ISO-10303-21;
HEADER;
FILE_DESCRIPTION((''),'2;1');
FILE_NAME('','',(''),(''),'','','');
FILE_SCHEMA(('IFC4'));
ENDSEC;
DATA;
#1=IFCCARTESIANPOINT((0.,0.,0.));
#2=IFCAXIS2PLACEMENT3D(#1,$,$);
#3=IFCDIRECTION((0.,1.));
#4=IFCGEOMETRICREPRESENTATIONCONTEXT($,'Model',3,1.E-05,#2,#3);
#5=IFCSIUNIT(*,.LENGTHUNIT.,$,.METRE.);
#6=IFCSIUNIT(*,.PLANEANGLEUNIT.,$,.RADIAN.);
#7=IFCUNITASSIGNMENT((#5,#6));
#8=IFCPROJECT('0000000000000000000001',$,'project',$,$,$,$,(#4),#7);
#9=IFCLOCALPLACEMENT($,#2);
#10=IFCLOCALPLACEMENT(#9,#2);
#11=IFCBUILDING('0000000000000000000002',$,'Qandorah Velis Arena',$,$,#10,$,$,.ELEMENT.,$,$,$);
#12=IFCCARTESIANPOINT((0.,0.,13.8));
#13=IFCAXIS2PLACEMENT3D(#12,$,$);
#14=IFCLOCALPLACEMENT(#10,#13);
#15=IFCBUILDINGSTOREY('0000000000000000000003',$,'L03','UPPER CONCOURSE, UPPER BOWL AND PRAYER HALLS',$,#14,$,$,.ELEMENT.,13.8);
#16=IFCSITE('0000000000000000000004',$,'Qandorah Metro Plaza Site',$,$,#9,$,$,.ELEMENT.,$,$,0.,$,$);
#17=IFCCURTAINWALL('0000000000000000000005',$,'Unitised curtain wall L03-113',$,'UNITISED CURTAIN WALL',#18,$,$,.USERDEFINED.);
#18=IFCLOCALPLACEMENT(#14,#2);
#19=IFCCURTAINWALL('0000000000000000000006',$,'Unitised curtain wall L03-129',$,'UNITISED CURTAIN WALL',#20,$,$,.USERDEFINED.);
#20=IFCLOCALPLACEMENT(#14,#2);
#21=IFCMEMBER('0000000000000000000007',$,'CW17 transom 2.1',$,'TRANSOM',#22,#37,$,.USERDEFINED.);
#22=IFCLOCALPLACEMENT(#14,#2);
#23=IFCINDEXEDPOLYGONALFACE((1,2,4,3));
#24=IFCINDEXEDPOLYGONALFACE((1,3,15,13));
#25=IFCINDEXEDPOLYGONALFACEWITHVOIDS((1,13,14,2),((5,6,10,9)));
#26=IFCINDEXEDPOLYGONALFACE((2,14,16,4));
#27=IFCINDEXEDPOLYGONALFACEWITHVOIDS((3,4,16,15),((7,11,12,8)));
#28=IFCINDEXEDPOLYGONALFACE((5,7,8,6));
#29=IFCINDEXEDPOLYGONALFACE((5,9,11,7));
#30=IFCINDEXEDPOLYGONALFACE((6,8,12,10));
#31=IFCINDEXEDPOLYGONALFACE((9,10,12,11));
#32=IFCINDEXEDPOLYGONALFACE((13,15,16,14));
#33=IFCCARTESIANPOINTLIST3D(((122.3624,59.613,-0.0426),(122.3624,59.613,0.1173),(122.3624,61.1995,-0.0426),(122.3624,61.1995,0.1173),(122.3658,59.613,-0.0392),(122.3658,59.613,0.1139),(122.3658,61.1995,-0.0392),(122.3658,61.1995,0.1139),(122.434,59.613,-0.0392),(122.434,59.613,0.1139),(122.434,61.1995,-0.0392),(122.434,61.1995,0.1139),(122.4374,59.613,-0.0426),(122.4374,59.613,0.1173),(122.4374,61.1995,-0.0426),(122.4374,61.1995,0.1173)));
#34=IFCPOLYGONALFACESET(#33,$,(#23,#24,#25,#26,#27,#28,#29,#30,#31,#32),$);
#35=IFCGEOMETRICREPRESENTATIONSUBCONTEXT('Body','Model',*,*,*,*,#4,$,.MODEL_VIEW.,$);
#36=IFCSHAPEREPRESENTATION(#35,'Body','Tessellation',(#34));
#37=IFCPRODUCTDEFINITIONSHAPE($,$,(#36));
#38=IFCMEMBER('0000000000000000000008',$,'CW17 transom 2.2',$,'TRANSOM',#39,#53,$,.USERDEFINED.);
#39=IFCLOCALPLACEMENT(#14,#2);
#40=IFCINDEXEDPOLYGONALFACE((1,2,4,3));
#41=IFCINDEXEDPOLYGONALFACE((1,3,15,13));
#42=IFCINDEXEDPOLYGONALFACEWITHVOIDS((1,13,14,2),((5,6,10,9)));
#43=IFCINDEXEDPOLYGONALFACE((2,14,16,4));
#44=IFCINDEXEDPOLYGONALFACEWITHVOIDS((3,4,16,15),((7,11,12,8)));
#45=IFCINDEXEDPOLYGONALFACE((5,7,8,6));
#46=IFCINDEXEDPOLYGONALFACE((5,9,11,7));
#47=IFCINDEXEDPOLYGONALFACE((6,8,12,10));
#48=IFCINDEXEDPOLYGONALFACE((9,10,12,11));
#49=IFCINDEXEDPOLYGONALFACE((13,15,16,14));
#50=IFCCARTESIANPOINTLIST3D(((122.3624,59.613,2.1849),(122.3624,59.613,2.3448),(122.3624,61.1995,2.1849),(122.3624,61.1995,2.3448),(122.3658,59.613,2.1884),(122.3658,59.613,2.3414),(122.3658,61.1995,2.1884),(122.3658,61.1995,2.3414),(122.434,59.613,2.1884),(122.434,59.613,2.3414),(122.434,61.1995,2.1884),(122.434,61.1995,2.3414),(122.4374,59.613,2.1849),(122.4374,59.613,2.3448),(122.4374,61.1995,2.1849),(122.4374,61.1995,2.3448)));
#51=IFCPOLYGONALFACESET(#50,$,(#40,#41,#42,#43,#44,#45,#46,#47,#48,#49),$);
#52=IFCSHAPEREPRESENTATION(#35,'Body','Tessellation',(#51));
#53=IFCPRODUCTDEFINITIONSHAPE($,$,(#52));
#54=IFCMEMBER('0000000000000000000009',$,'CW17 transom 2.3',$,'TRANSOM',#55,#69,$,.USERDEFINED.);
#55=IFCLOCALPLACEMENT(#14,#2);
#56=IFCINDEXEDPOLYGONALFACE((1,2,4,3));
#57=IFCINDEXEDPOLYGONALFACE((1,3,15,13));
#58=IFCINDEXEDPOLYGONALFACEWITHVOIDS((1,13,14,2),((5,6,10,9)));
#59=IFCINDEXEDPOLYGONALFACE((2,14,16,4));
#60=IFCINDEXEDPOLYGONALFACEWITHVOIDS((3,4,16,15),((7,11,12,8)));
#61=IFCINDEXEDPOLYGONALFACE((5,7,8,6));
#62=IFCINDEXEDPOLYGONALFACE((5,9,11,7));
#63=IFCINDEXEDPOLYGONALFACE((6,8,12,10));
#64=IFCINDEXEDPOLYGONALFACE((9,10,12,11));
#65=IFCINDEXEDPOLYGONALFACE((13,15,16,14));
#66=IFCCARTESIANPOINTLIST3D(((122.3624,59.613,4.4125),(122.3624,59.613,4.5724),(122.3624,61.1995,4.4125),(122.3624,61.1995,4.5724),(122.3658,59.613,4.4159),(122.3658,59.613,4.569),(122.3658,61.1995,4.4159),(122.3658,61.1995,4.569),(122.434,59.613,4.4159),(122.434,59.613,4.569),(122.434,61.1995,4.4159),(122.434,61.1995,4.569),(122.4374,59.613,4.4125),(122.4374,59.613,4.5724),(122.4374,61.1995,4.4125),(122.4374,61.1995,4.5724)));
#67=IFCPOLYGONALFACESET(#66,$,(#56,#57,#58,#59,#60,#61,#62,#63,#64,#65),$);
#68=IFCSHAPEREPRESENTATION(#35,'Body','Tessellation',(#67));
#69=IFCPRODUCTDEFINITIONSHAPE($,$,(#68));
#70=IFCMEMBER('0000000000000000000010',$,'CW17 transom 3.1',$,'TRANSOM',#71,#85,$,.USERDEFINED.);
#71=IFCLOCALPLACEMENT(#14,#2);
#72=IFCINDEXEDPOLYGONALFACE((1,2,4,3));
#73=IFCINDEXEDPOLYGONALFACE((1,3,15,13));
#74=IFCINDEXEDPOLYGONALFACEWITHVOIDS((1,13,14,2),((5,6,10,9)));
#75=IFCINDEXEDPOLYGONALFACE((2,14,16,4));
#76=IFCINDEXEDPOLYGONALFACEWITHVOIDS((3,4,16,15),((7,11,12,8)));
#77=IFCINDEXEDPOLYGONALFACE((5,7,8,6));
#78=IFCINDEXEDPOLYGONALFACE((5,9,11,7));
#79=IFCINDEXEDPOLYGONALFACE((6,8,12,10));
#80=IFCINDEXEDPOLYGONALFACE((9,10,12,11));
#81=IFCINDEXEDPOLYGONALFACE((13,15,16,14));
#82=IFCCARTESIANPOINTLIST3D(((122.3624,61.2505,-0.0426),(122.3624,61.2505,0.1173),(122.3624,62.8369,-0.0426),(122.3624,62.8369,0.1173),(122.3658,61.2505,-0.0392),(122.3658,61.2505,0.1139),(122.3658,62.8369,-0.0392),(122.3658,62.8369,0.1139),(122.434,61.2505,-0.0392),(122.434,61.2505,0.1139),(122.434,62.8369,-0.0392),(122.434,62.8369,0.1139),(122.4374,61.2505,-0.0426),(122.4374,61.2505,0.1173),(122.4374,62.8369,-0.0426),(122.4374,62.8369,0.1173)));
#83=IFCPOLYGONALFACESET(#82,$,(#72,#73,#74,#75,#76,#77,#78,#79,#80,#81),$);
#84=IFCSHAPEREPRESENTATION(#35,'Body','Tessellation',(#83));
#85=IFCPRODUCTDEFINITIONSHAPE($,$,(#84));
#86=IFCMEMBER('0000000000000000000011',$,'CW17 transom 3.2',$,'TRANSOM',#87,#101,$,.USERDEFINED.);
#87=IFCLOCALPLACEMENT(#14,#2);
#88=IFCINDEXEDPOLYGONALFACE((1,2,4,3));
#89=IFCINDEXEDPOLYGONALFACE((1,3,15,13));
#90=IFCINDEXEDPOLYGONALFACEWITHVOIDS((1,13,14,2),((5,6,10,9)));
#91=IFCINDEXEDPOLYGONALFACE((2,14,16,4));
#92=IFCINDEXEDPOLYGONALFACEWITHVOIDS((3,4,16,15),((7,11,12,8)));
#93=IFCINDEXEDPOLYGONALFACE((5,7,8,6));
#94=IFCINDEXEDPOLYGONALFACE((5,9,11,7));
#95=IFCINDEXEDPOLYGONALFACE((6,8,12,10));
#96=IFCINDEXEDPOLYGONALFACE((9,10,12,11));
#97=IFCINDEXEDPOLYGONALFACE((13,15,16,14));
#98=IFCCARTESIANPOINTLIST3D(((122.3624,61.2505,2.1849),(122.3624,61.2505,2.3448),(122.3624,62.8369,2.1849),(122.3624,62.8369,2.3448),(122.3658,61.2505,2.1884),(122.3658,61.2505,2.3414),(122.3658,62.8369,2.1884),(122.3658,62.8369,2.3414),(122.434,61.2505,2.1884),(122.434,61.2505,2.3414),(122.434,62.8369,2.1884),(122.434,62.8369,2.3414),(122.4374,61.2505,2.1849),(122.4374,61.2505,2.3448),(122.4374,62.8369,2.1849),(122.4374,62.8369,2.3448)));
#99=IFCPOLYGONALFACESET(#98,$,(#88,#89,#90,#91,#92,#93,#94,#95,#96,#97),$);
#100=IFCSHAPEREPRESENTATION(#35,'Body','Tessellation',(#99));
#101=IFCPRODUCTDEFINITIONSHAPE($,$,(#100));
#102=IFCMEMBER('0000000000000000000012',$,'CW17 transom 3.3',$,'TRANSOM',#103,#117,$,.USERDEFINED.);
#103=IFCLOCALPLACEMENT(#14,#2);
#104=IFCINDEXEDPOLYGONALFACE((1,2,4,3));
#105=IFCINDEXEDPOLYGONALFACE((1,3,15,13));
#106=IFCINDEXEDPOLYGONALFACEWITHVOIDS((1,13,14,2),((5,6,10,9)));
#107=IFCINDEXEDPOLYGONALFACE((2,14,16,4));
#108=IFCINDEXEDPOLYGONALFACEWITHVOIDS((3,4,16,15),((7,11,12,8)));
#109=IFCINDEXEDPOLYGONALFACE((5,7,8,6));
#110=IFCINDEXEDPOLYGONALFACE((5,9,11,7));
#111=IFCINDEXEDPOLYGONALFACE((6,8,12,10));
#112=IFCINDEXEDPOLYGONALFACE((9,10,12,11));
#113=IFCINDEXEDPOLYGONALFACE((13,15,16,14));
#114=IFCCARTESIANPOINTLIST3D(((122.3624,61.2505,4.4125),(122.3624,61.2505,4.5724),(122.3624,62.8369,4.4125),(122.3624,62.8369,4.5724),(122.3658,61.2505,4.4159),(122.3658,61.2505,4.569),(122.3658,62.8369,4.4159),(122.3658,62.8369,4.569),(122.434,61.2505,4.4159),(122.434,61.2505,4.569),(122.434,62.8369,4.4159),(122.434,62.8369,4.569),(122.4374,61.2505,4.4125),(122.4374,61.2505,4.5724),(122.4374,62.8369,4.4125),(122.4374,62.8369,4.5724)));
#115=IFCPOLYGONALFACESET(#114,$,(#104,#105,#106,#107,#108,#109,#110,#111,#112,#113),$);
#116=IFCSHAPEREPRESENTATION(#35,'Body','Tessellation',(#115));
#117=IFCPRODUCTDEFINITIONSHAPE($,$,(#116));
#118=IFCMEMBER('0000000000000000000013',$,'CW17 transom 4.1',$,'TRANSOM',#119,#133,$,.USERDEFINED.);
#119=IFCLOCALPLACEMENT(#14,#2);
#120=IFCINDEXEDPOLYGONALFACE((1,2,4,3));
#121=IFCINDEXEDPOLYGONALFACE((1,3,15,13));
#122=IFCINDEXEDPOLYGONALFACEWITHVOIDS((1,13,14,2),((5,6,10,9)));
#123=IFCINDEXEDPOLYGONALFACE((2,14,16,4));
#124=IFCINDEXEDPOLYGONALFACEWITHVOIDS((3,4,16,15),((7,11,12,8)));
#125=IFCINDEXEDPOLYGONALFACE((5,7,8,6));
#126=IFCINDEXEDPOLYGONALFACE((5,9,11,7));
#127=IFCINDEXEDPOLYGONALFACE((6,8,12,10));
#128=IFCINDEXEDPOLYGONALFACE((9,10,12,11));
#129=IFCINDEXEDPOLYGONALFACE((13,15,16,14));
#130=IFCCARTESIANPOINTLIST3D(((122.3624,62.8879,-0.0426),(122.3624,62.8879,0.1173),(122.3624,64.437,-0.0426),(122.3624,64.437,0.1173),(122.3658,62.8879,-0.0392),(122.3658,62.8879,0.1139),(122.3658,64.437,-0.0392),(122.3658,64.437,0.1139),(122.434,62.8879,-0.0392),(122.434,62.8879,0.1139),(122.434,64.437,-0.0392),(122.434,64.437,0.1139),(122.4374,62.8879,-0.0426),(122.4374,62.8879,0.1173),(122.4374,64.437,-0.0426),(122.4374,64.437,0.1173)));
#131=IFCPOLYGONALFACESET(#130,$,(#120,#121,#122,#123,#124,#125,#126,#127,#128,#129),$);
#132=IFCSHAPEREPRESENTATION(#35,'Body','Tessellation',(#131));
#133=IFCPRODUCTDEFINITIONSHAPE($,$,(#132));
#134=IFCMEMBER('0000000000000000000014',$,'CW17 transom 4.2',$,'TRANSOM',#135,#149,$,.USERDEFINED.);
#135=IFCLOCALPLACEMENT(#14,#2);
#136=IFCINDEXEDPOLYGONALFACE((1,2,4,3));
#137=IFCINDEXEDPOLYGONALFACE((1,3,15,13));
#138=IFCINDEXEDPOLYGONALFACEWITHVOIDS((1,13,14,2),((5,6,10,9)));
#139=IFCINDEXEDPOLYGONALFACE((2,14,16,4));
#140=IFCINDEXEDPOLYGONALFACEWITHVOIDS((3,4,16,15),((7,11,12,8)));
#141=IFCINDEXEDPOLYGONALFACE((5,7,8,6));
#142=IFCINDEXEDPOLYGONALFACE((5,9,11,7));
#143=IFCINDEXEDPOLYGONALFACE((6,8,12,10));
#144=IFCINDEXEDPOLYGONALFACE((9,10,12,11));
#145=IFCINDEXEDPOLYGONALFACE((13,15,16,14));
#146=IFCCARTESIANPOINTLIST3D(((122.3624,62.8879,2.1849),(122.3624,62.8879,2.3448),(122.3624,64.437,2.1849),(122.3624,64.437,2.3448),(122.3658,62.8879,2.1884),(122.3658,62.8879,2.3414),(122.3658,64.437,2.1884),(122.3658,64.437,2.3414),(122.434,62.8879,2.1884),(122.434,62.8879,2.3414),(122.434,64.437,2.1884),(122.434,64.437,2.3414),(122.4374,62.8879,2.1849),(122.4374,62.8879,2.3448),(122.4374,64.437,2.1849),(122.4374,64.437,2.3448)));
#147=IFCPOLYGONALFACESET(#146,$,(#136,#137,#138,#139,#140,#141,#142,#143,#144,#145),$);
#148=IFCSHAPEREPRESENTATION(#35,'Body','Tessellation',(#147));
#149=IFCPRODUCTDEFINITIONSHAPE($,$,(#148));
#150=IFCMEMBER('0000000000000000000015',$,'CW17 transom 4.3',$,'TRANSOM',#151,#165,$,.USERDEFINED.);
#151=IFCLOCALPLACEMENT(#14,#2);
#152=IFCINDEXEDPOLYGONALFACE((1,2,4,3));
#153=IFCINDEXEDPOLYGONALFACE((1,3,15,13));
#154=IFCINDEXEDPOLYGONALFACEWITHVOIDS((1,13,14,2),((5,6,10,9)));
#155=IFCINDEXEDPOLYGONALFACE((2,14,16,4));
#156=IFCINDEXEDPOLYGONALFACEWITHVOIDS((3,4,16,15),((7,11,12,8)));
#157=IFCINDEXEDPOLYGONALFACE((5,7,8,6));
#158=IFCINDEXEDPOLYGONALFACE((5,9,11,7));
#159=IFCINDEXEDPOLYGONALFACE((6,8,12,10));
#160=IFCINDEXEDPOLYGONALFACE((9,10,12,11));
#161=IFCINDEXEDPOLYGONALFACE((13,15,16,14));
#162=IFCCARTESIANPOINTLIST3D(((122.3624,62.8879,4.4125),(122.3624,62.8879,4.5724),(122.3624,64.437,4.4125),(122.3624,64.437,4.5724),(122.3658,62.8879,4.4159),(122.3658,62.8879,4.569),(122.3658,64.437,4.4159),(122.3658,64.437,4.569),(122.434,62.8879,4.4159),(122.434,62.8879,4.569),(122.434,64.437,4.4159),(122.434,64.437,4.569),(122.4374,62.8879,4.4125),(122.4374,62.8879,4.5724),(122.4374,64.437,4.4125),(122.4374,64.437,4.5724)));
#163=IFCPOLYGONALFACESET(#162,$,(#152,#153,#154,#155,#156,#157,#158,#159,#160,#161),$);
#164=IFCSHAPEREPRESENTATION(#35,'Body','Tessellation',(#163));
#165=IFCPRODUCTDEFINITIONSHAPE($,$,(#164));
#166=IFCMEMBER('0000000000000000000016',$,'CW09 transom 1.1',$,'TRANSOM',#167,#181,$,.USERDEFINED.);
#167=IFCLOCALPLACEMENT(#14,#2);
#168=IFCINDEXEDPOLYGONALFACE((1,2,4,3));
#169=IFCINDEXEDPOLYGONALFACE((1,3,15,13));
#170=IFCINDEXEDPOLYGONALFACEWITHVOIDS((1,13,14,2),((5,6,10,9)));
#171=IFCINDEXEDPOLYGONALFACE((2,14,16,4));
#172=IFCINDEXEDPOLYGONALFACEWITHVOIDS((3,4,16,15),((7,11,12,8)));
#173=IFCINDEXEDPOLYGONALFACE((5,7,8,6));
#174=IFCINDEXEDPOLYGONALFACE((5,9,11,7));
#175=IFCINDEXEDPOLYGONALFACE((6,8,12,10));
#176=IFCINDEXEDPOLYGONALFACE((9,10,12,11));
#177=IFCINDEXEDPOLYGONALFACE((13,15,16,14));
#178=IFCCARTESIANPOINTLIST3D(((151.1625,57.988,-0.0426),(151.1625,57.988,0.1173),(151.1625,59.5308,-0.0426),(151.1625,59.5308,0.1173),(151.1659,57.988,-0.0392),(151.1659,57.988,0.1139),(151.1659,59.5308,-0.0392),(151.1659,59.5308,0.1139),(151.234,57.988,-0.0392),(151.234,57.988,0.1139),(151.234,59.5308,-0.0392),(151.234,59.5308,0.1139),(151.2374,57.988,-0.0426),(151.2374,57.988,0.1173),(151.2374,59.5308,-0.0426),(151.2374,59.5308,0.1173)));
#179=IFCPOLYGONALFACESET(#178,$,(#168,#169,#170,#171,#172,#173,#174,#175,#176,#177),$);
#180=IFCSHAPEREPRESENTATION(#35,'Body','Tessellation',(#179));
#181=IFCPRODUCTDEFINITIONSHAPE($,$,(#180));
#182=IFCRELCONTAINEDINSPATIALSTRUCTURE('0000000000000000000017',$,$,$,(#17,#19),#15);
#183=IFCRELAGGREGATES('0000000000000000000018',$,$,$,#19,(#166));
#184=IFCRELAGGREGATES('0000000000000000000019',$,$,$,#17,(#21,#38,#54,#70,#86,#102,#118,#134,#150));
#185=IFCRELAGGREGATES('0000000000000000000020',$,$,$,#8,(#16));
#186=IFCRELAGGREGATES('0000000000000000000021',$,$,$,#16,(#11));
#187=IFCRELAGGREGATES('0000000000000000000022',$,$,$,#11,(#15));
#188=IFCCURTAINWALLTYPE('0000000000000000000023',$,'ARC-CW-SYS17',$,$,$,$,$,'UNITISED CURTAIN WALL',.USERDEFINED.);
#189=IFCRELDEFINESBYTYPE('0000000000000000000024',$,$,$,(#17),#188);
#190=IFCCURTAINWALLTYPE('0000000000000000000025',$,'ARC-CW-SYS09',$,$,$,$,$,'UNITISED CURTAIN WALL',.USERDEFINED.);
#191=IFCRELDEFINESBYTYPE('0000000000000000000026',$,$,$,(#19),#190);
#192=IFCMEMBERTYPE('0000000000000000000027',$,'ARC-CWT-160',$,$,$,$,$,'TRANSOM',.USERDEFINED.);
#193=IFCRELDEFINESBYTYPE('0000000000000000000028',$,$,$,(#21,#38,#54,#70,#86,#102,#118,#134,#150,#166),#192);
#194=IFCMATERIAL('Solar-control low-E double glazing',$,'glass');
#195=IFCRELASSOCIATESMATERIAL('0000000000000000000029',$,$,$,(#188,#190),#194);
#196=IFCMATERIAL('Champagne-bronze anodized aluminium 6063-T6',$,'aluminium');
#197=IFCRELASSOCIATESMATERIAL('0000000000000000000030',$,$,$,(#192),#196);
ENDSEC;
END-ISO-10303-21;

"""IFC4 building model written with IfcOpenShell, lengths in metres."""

from ifc_helpers import new_model, si_unit, direction, frame, origin, origin_2d, place, context, subcontext, project, spatial, hollow_rectangle, extrude, material, material_profile, profile_set, type_object, element, aggregate, save


model = new_model("IFC4")

# Units and contexts
model_context = context("Model", 3, precision=1e-05, world=origin(), true_north=direction((0.0, 1.0)))
body_context = subcontext(model_context, "Body", "Model", "MODEL_VIEW")
ifc_project = project(units=[si_unit("LENGTHUNIT", "METRE"), si_unit("PLANEANGLEUNIT", "RADIAN")], contexts=[model_context])

# Site, building, storey
site_placement = place(None, origin())
site = spatial("IfcSite", under=ifc_project, at=site_placement, Name="Qandorah Metro Plaza Site", CompositionType="ELEMENT", RefElevation=0.0)
building_placement = place(site_placement, origin())
building = spatial("IfcBuilding", under=site, at=building_placement, Name="Qandorah Velis Arena", CompositionType="ELEMENT")
storey_placement = place(building_placement, frame((0.0, 0.0, 13.8)))
storey = spatial("IfcBuildingStorey", under=building, at=storey_placement, Name="L03", Description="UPPER CONCOURSE, UPPER BOWL AND PRAYER HALLS", CompositionType="ELEMENT", Elevation=13.8)

# Curtain wall
ifc_material_1 = material(Name="Solar-control low-E double glazing", Category="glass")
curtain_wall_type_1 = type_object("IfcCurtainWallType", Name="ARC-CW-SYS17", ElementType="UNITISED CURTAIN WALL", PredefinedType="USERDEFINED", material=ifc_material_1)
curtain_wall_1_placement = place(storey_placement, origin())
curtain_wall_1 = element("IfcCurtainWall", 1, at=curtain_wall_1_placement, inside=storey, type_object=curtain_wall_type_1, Name="Unitised curtain wall L03-113", ObjectType="UNITISED CURTAIN WALL", PredefinedType="USERDEFINED")
ifc_material_2 = material(Name="Champagne-bronze anodized aluminium 6063-T6", Category="aluminium")

# Curtain wall
curtain_wall_type_2 = type_object("IfcCurtainWallType", Name="ARC-CW-SYS09", ElementType="UNITISED CURTAIN WALL", PredefinedType="USERDEFINED", material=ifc_material_1)
curtain_wall_2_placement = place(storey_placement, origin())
curtain_wall_2 = element("IfcCurtainWall", 2, at=curtain_wall_2_placement, inside=storey, type_object=curtain_wall_type_2, Name="Unitised curtain wall L03-129", ObjectType="UNITISED CURTAIN WALL", PredefinedType="USERDEFINED")

# Members
ifc_material_profile_1 = material_profile(ifc_material_2, hollow_rectangle(XDim=0.075, YDim=0.1599, WallThickness=0.0034, at=origin_2d()), Name="ALU TRANSOM 75x160")
ifc_profile_set_1 = profile_set([ifc_material_profile_1], Name="Champagne-bronze anodized aluminium 6063-T6")
member_type_1 = type_object("IfcMemberType", Name="ARC-CWT-160", ElementType="TRANSOM", PredefinedType="USERDEFINED", material=ifc_profile_set_1)
member_1_placement = place(storey_placement, frame((122.3999, 59.613, 0.0374), z_axis=(0.0, 1.0, 0.0), x_axis=(-1.0, 0.0, 0.0)))
member_1 = element("IfcMember", 3, at=member_1_placement, type_object=member_type_1, Name="CW17 transom 2.1", ObjectType="TRANSOM", PredefinedType="USERDEFINED", context=body_context, shape_type="SweptSolid", body=[
    extrude(hollow_rectangle(XDim=0.075, YDim=0.1599, WallThickness=0.0034, at=origin_2d()), origin(), (0.0, 0.0, 1.0), 1.5864),
])
member_2_placement = place(storey_placement, frame((122.3999, 59.613, 2.2649), z_axis=(0.0, 1.0, 0.0), x_axis=(-1.0, 0.0, 0.0)))
member_2 = element("IfcMember", 4, at=member_2_placement, type_object=member_type_1, Name="CW17 transom 2.2", ObjectType="TRANSOM", PredefinedType="USERDEFINED", context=body_context, shape_type="SweptSolid", body=[
    extrude(hollow_rectangle(XDim=0.075, YDim=0.1599, WallThickness=0.0034, at=origin_2d()), origin(), (0.0, 0.0, 1.0), 1.5864),
])
member_3_placement = place(storey_placement, frame((122.3999, 59.613, 4.4924), z_axis=(0.0, 1.0, 0.0), x_axis=(-1.0, 0.0, 0.0)))
member_3 = element("IfcMember", 5, at=member_3_placement, type_object=member_type_1, Name="CW17 transom 2.3", ObjectType="TRANSOM", PredefinedType="USERDEFINED", context=body_context, shape_type="SweptSolid", body=[
    extrude(hollow_rectangle(XDim=0.075, YDim=0.1599, WallThickness=0.0034, at=origin_2d()), origin(), (0.0, 0.0, 1.0), 1.5864),
])
member_4_placement = place(storey_placement, frame((122.3999, 61.2505, 0.0374), z_axis=(0.0, 1.0, 0.0), x_axis=(-1.0, 0.0, 0.0)))
member_4 = element("IfcMember", 6, at=member_4_placement, type_object=member_type_1, Name="CW17 transom 3.1", ObjectType="TRANSOM", PredefinedType="USERDEFINED", context=body_context, shape_type="SweptSolid", body=[
    extrude(hollow_rectangle(XDim=0.075, YDim=0.1599, WallThickness=0.0034, at=origin_2d()), origin(), (0.0, 0.0, 1.0), 1.5864),
])
member_5_placement = place(storey_placement, frame((122.3999, 61.2505, 2.2649), z_axis=(0.0, 1.0, 0.0), x_axis=(-1.0, 0.0, 0.0)))
member_5 = element("IfcMember", 7, at=member_5_placement, type_object=member_type_1, Name="CW17 transom 3.2", ObjectType="TRANSOM", PredefinedType="USERDEFINED", context=body_context, shape_type="SweptSolid", body=[
    extrude(hollow_rectangle(XDim=0.075, YDim=0.1599, WallThickness=0.0034, at=origin_2d()), origin(), (0.0, 0.0, 1.0), 1.5864),
])
member_6_placement = place(storey_placement, frame((122.3999, 61.2505, 4.4924), z_axis=(0.0, 1.0, 0.0), x_axis=(-1.0, 0.0, 0.0)))
member_6 = element("IfcMember", 8, at=member_6_placement, type_object=member_type_1, Name="CW17 transom 3.3", ObjectType="TRANSOM", PredefinedType="USERDEFINED", context=body_context, shape_type="SweptSolid", body=[
    extrude(hollow_rectangle(XDim=0.075, YDim=0.1599, WallThickness=0.0034, at=origin_2d()), origin(), (0.0, 0.0, 1.0), 1.5864),
])
member_7_placement = place(storey_placement, frame((122.3999, 62.8879, 0.0374), z_axis=(0.0, 1.0, 0.0), x_axis=(-1.0, 0.0, 0.0)))
member_7 = element("IfcMember", 9, at=member_7_placement, type_object=member_type_1, Name="CW17 transom 4.1", ObjectType="TRANSOM", PredefinedType="USERDEFINED", context=body_context, shape_type="SweptSolid", body=[
    extrude(hollow_rectangle(XDim=0.075, YDim=0.1599, WallThickness=0.0034, at=origin_2d()), origin(), (0.0, 0.0, 1.0), 1.5491),
])
member_8_placement = place(storey_placement, frame((122.3999, 62.8879, 2.2649), z_axis=(0.0, 1.0, 0.0), x_axis=(-1.0, 0.0, 0.0)))
member_8 = element("IfcMember", 10, at=member_8_placement, type_object=member_type_1, Name="CW17 transom 4.2", ObjectType="TRANSOM", PredefinedType="USERDEFINED", context=body_context, shape_type="SweptSolid", body=[
    extrude(hollow_rectangle(XDim=0.075, YDim=0.1599, WallThickness=0.0034, at=origin_2d()), origin(), (0.0, 0.0, 1.0), 1.5491),
])
member_9_placement = place(storey_placement, frame((122.3999, 62.8879, 4.4924), z_axis=(0.0, 1.0, 0.0), x_axis=(-1.0, 0.0, 0.0)))
member_9 = element("IfcMember", 11, at=member_9_placement, type_object=member_type_1, Name="CW17 transom 4.3", ObjectType="TRANSOM", PredefinedType="USERDEFINED", context=body_context, shape_type="SweptSolid", body=[
    extrude(hollow_rectangle(XDim=0.075, YDim=0.1599, WallThickness=0.0034, at=origin_2d()), origin(), (0.0, 0.0, 1.0), 1.5491),
])
member_10_placement = place(storey_placement, frame((151.2, 57.988, 0.0374), z_axis=(0.0, 1.0, 0.0), x_axis=(-1.0, 0.0, 0.0)))
member_10 = element("IfcMember", 12, at=member_10_placement, type_object=member_type_1, Name="CW09 transom 1.1", ObjectType="TRANSOM", PredefinedType="USERDEFINED", context=body_context, shape_type="SweptSolid", body=[
    extrude(hollow_rectangle(XDim=0.075, YDim=0.1599, WallThickness=0.0034, at=origin_2d()), origin(), (0.0, 0.0, 1.0), 1.5427),
])
aggregate(curtain_wall_2, [member_10])

aggregate(curtain_wall_1, [member_1, member_2, member_3, member_4, member_5, member_6, member_7, member_8, member_9])

save(model, "model.ifc")
